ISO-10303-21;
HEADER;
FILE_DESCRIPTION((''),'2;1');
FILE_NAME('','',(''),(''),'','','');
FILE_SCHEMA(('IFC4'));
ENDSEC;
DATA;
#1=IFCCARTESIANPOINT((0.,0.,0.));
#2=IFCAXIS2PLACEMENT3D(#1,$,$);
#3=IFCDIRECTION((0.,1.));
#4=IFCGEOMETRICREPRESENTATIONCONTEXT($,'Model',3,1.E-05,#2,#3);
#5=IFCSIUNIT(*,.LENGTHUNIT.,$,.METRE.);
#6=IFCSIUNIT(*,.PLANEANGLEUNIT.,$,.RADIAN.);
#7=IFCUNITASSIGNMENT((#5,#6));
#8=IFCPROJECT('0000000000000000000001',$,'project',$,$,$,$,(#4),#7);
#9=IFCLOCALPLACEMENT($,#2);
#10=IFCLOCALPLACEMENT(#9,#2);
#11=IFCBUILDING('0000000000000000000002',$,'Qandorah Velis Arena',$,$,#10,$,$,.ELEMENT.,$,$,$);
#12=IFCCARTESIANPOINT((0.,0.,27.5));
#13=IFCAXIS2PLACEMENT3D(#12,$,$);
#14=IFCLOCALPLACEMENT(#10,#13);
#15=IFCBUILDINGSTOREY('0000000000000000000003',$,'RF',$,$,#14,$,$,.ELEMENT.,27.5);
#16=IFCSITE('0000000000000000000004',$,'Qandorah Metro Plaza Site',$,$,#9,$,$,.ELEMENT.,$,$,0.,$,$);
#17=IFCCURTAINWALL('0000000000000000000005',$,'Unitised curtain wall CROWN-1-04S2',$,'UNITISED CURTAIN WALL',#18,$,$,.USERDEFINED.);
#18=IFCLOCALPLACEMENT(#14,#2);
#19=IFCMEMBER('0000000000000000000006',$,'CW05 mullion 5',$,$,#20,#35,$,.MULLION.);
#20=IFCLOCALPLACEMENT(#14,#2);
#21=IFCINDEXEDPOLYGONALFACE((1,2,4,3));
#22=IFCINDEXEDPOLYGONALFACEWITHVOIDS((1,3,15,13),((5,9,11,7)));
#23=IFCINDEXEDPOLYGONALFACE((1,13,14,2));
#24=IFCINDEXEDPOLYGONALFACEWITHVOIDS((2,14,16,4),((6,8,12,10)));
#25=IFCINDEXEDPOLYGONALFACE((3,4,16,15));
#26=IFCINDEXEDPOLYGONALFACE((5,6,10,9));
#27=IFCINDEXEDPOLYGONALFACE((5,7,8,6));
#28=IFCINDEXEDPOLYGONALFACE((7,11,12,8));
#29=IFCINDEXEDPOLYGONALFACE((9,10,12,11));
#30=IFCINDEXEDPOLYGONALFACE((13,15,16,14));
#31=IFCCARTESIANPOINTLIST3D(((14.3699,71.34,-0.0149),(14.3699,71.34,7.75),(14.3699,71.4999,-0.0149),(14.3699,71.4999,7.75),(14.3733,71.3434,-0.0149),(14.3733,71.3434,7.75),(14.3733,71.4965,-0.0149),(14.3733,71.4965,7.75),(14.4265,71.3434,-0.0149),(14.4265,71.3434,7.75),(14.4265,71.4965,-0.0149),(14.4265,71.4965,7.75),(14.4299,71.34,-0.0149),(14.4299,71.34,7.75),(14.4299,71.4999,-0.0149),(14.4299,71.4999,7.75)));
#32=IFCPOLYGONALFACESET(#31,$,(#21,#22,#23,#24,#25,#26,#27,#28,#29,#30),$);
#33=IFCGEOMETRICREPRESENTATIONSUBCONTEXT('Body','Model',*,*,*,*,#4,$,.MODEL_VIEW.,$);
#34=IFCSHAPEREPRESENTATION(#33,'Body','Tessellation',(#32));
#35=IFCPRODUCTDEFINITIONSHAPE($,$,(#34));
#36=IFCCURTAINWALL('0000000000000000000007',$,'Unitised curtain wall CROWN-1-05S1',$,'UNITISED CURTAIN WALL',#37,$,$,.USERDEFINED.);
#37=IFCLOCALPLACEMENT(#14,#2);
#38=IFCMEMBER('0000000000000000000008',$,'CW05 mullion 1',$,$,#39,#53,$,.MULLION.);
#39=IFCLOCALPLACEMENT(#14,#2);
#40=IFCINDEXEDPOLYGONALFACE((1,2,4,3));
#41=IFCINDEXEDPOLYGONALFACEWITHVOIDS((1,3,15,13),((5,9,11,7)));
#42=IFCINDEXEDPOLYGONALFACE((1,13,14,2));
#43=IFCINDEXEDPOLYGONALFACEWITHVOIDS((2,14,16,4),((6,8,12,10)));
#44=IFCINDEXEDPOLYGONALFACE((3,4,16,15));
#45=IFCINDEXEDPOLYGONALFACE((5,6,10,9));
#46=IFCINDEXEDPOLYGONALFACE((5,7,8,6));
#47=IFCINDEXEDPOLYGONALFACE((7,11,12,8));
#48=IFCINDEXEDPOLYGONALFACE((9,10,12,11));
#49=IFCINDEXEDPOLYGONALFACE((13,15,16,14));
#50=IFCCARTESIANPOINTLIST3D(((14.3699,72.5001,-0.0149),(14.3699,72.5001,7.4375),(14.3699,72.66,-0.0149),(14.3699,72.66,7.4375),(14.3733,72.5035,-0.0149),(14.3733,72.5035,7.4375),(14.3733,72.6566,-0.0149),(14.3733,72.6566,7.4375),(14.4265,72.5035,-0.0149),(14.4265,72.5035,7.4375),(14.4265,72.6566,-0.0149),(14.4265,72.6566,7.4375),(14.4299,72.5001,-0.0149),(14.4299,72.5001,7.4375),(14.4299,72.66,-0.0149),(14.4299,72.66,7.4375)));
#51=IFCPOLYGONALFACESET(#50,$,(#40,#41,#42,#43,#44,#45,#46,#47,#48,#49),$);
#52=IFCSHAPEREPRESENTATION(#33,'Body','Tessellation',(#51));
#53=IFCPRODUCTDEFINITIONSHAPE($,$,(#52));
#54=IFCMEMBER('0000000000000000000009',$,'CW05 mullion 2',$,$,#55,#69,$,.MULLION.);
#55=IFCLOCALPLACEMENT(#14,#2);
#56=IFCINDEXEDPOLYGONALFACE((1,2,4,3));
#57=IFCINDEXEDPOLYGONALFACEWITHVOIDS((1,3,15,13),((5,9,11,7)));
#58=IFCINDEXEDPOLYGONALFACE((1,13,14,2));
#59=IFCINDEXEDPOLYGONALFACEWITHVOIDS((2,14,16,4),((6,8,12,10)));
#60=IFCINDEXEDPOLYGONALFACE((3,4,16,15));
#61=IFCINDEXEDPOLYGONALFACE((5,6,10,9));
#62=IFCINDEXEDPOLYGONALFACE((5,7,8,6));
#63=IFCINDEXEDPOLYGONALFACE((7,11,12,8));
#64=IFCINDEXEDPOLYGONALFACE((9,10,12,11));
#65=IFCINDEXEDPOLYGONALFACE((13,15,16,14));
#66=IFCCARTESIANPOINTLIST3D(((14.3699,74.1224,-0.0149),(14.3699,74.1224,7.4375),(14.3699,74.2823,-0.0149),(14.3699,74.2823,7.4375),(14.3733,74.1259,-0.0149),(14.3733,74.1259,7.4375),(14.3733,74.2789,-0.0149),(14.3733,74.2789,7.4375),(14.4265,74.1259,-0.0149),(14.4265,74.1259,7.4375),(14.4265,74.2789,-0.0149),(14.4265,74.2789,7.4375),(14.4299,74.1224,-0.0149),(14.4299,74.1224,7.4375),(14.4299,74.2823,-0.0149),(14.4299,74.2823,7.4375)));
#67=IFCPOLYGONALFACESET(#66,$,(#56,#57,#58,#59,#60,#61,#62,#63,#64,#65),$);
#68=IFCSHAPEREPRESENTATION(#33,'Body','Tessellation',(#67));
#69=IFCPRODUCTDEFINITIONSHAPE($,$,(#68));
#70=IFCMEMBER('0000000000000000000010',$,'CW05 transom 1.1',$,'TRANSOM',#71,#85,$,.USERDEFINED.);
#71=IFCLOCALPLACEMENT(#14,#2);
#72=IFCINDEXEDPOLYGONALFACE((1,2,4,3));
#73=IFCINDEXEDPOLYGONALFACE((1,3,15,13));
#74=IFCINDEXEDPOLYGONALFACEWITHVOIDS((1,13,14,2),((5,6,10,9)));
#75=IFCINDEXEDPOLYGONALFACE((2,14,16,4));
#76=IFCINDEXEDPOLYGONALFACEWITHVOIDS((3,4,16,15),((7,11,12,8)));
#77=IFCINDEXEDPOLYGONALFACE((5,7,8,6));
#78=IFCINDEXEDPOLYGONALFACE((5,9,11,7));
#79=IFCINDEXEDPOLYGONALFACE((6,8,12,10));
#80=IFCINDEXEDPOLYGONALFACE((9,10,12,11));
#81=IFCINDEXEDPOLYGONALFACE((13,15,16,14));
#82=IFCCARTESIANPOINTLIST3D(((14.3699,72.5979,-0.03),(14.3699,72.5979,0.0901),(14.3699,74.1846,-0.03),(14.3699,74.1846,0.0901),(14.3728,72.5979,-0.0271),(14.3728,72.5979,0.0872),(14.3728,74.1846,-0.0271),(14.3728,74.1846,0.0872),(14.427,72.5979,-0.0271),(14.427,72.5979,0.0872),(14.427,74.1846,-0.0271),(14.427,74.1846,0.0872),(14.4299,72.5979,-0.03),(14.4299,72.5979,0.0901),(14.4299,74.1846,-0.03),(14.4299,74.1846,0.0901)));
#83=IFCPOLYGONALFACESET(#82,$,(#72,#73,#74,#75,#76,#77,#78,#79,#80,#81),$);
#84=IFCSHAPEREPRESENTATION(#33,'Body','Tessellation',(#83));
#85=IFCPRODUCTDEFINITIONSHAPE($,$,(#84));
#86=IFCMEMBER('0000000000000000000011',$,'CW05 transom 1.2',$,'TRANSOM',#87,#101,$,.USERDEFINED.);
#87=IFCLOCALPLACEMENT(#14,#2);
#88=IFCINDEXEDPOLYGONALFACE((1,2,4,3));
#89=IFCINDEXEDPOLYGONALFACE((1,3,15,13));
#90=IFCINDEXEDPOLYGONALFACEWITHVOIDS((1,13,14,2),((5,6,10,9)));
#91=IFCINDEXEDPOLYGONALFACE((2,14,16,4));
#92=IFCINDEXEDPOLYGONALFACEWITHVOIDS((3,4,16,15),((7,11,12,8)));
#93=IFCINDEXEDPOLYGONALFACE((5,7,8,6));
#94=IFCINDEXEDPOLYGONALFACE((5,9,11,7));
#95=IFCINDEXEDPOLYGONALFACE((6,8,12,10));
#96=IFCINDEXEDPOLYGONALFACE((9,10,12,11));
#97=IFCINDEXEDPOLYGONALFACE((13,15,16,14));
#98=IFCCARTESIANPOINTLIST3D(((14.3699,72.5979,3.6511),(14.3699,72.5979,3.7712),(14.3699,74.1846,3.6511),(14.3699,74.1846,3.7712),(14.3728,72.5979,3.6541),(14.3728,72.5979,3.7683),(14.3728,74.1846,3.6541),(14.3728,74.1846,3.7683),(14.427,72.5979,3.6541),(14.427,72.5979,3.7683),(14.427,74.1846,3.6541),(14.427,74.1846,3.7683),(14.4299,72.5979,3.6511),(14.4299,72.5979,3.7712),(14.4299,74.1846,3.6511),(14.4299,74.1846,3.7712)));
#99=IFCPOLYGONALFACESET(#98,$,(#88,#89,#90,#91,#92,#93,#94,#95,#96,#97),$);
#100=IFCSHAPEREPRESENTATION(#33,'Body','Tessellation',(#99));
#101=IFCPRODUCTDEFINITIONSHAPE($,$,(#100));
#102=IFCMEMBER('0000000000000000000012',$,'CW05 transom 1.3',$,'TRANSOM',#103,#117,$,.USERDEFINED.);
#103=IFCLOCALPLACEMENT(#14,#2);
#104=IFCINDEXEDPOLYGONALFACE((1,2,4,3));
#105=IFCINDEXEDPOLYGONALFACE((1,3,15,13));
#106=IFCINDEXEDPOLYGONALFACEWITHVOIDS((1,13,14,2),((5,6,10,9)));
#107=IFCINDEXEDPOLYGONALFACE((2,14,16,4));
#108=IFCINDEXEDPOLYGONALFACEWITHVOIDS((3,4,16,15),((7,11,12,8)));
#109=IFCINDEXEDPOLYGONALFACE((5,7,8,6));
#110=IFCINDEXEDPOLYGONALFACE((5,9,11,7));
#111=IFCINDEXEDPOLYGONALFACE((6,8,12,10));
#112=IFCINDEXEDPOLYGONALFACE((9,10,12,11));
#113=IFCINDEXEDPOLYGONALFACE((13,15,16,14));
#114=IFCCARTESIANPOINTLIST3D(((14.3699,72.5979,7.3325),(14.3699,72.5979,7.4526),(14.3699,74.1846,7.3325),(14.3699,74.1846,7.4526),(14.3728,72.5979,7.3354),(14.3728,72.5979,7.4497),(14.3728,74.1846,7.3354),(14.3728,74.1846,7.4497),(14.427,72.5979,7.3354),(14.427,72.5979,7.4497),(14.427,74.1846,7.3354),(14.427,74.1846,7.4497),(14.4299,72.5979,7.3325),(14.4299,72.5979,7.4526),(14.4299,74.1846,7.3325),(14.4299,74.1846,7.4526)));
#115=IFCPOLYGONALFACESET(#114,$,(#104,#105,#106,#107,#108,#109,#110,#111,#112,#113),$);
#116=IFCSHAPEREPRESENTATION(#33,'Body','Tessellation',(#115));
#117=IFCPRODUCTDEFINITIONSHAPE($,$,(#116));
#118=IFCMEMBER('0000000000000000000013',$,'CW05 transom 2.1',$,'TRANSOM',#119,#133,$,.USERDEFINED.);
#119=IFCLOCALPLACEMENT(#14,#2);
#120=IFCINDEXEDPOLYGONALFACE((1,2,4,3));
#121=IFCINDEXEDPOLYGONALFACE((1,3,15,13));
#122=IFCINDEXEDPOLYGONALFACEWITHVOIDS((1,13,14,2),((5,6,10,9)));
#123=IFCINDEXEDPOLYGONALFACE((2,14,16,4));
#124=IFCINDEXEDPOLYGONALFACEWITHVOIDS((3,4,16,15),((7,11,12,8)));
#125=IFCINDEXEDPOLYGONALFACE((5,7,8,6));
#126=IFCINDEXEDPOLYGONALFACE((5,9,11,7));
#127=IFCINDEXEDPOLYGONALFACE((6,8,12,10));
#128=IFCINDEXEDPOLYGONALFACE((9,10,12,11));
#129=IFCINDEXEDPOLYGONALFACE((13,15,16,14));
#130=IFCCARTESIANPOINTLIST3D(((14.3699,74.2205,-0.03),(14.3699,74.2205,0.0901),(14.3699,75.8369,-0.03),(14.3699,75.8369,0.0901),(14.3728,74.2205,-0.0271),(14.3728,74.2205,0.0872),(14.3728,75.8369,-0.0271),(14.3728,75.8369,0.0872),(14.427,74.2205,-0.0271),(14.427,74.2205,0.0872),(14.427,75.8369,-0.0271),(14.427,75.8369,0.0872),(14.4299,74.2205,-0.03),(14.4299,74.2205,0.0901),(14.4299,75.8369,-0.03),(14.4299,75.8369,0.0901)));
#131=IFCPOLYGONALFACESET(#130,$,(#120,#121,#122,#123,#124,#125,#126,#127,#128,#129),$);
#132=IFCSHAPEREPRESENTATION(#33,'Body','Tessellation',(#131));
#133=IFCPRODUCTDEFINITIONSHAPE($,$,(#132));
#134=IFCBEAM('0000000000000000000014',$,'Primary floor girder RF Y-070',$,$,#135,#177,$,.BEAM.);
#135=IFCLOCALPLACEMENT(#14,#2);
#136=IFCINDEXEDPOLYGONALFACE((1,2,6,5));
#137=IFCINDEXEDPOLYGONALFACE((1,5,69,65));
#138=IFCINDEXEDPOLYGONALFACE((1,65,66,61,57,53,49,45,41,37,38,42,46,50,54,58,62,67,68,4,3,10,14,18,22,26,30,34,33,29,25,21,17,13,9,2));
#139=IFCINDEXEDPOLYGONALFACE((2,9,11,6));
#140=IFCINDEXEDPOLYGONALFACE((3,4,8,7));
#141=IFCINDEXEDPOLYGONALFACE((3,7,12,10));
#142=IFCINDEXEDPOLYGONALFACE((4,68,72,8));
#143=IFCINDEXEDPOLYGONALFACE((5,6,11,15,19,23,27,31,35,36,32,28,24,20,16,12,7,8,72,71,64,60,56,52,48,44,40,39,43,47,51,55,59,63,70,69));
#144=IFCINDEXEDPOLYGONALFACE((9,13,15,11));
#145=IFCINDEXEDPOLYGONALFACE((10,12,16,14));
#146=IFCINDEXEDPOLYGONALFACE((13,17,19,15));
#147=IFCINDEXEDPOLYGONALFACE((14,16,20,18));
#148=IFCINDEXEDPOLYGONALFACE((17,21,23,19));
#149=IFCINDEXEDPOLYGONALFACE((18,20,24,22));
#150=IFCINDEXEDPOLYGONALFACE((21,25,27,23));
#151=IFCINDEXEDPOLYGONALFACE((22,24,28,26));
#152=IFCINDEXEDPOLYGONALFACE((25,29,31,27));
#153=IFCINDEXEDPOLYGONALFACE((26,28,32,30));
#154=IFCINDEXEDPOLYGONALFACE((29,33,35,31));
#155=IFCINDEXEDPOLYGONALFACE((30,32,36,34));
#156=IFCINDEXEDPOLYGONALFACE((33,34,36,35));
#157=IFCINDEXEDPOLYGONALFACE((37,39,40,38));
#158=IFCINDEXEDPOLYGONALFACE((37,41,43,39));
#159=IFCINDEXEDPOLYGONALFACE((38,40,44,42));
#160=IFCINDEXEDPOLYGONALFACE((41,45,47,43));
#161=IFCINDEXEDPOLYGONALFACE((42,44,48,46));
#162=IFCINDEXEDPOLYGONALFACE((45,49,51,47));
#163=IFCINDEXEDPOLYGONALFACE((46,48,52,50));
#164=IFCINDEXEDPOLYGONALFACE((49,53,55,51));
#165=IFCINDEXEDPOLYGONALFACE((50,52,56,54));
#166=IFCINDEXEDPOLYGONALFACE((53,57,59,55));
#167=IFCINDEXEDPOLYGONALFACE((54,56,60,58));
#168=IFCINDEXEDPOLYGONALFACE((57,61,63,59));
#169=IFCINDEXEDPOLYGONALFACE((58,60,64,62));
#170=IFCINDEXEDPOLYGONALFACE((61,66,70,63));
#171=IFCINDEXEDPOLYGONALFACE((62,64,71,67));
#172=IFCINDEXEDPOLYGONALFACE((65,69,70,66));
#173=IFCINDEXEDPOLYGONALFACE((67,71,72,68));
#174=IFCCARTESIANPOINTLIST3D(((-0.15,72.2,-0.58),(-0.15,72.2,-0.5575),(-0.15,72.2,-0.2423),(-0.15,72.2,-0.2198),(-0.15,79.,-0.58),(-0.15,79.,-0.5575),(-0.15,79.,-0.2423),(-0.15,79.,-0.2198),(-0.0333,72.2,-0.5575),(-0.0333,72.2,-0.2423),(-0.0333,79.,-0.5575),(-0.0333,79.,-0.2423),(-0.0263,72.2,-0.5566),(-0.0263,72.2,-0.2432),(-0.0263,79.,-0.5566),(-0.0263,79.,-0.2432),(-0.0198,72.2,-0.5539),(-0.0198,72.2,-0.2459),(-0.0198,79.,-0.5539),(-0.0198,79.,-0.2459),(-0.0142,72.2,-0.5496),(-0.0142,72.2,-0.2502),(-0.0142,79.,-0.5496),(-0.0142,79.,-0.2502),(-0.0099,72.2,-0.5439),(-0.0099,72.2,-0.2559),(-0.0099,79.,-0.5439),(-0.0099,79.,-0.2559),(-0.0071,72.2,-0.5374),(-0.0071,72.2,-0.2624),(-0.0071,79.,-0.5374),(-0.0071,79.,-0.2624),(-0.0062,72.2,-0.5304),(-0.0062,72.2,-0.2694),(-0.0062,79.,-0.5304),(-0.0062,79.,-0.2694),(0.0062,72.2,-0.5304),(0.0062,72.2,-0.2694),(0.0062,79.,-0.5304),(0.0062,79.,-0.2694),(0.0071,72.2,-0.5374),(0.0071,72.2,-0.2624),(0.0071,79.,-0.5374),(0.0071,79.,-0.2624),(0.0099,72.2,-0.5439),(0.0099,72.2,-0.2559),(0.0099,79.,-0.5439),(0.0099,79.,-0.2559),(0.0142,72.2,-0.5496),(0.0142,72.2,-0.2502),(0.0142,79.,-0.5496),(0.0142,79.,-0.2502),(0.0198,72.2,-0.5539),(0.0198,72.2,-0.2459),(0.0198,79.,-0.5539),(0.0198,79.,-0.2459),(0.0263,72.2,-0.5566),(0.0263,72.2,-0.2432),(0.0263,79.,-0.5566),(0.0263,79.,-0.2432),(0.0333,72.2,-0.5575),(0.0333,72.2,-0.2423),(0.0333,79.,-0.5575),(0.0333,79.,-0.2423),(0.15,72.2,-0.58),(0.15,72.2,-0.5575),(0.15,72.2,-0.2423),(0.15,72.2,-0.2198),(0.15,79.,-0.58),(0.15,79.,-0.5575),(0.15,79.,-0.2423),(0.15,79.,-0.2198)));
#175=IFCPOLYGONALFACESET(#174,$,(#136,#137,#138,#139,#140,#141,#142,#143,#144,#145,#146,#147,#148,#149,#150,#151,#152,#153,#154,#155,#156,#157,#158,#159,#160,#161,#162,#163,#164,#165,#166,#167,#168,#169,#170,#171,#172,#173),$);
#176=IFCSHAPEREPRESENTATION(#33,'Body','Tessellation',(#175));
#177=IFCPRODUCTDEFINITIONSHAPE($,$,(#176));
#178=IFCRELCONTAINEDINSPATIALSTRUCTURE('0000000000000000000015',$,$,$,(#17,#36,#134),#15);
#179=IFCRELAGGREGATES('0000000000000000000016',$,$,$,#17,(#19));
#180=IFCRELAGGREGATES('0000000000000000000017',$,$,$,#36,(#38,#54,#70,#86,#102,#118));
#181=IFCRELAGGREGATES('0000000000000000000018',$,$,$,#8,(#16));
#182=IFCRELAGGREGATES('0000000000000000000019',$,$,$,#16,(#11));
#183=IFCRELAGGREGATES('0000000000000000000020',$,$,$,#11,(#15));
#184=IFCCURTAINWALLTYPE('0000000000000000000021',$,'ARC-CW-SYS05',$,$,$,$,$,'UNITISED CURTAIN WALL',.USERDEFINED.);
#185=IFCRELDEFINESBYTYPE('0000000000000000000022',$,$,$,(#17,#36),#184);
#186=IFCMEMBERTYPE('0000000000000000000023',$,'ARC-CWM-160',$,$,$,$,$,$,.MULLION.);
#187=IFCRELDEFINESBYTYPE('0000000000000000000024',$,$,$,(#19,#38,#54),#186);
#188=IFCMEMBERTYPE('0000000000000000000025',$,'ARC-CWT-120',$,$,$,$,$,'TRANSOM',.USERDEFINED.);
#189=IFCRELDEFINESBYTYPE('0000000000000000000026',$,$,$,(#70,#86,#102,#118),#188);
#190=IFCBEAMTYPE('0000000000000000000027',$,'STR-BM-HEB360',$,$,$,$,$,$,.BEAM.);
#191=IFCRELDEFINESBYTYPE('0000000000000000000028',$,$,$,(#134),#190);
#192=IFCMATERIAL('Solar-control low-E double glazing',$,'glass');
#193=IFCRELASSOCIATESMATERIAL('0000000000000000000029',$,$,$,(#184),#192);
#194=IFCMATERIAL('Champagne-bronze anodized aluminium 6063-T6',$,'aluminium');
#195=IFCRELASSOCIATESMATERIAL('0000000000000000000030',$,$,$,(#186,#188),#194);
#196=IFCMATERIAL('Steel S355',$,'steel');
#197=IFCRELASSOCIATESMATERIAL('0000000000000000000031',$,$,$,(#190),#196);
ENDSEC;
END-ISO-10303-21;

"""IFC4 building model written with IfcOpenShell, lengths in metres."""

from ifc_helpers import new_model, si_unit, direction, frame, origin, origin_2d, place, context, subcontext, project, spatial, hollow_rectangle, i_section, extrude, material, material_profile, profile_set, type_object, element, aggregate, save


model = new_model("IFC4")

# Units and contexts
model_context = context("Model", 3, precision=1e-05, world=origin(), true_north=direction((0.0, 1.0)))
body_context = subcontext(model_context, "Body", "Model", "MODEL_VIEW")
ifc_project = project(units=[si_unit("LENGTHUNIT", "METRE"), si_unit("PLANEANGLEUNIT", "RADIAN")], contexts=[model_context])

# Site, building, storey
site_placement = place(None, origin())
site = spatial("IfcSite", under=ifc_project, at=site_placement, Name="Qandorah Metro Plaza Site", CompositionType="ELEMENT", RefElevation=0.0)
building_placement = place(site_placement, origin())
building = spatial("IfcBuilding", under=site, at=building_placement, Name="Qandorah Velis Arena", CompositionType="ELEMENT")
storey_placement = place(building_placement, frame((0.0, 0.0, 27.5)))
storey = spatial("IfcBuildingStorey", under=building, at=storey_placement, Name="RF", CompositionType="ELEMENT", Elevation=27.5)

# Curtain wall, member
ifc_material_1 = material(Name="Solar-control low-E double glazing", Category="glass")
curtain_wall_type = type_object("IfcCurtainWallType", Name="ARC-CW-SYS05", ElementType="UNITISED CURTAIN WALL", PredefinedType="USERDEFINED", material=ifc_material_1)
curtain_wall_1_placement = place(storey_placement, origin())
curtain_wall_1 = element("IfcCurtainWall", 1, at=curtain_wall_1_placement, inside=storey, type_object=curtain_wall_type, Name="Unitised curtain wall CROWN-1-04S2", ObjectType="UNITISED CURTAIN WALL", PredefinedType="USERDEFINED")
ifc_material_2 = material(Name="Champagne-bronze anodized aluminium 6063-T6", Category="aluminium")
ifc_material_profile_1 = material_profile(ifc_material_2, hollow_rectangle(XDim=0.0601, YDim=0.1599, WallThickness=0.0034, at=origin_2d()), Name="ALU MULLION 60x160")
ifc_profile_set_1 = profile_set([ifc_material_profile_1], Name="Champagne-bronze anodized aluminium 6063-T6")
member_type_1 = type_object("IfcMemberType", Name="ARC-CWM-160", PredefinedType="MULLION", material=ifc_profile_set_1)
member_1_placement = place(storey_placement, frame((14.3999, 71.4199, -0.0149), z_axis=(0.0, 0.0, 1.0), x_axis=(-1.0, 0.0, 0.0)))
member_1 = element("IfcMember", 2, at=member_1_placement, type_object=member_type_1, Name="CW05 mullion 5", PredefinedType="MULLION", context=body_context, shape_type="SweptSolid", body=[
    extrude(hollow_rectangle(XDim=0.0601, YDim=0.1599, WallThickness=0.0034, at=origin_2d()), origin(), (0.0, 0.0, 1.0), 7.7649),
])

# Curtain wall, members
curtain_wall_2_placement = place(storey_placement, origin())
curtain_wall_2 = element("IfcCurtainWall", 3, at=curtain_wall_2_placement, inside=storey, type_object=curtain_wall_type, Name="Unitised curtain wall CROWN-1-05S1", ObjectType="UNITISED CURTAIN WALL", PredefinedType="USERDEFINED")
member_2_placement = place(storey_placement, frame((14.3999, 72.5801, -0.0149), z_axis=(0.0, 0.0, 1.0), x_axis=(-1.0, 0.0, 0.0)))
member_2 = element("IfcMember", 4, at=member_2_placement, type_object=member_type_1, Name="CW05 mullion 1", PredefinedType="MULLION", context=body_context, shape_type="SweptSolid", body=[
    extrude(hollow_rectangle(XDim=0.0601, YDim=0.1599, WallThickness=0.0034, at=origin_2d()), origin(), (0.0, 0.0, 1.0), 7.4524),
])
member_3_placement = place(storey_placement, frame((14.3999, 74.2024, -0.0149), z_axis=(0.0, 0.0, 1.0), x_axis=(-1.0, 0.0, 0.0)))
member_3 = element("IfcMember", 5, at=member_3_placement, type_object=member_type_1, Name="CW05 mullion 2", PredefinedType="MULLION", context=body_context, shape_type="SweptSolid", body=[
    extrude(hollow_rectangle(XDim=0.0601, YDim=0.1599, WallThickness=0.0034, at=origin_2d()), origin(), (0.0, 0.0, 1.0), 7.4524),
])
ifc_material_profile_2 = material_profile(ifc_material_2, hollow_rectangle(XDim=0.0601, YDim=0.1201, WallThickness=0.0029, at=origin_2d()), Name="ALU TRANSOM 60x120")
ifc_profile_set_2 = profile_set([ifc_material_profile_2], Name="Champagne-bronze anodized aluminium 6063-T6")
member_type_2 = type_object("IfcMemberType", Name="ARC-CWT-120", ElementType="TRANSOM", PredefinedType="USERDEFINED", material=ifc_profile_set_2)
member_4_placement = place(storey_placement, frame((14.3999, 72.5979, 0.03), z_axis=(0.0, 1.0, 0.0), x_axis=(-1.0, 0.0, 0.0)))
member_4 = element("IfcMember", 6, at=member_4_placement, type_object=member_type_2, Name="CW05 transom 1.1", ObjectType="TRANSOM", PredefinedType="USERDEFINED", context=body_context, shape_type="SweptSolid", body=[
    extrude(hollow_rectangle(XDim=0.0601, YDim=0.1201, WallThickness=0.0029, at=origin_2d()), origin(), (0.0, 0.0, 1.0), 1.5867),
])
member_5_placement = place(storey_placement, frame((14.3999, 72.5979, 3.7112), z_axis=(0.0, 1.0, 0.0), x_axis=(-1.0, 0.0, 0.0)))
member_5 = element("IfcMember", 7, at=member_5_placement, type_object=member_type_2, Name="CW05 transom 1.2", ObjectType="TRANSOM", PredefinedType="USERDEFINED", context=body_context, shape_type="SweptSolid", body=[
    extrude(hollow_rectangle(XDim=0.0601, YDim=0.1201, WallThickness=0.0029, at=origin_2d()), origin(), (0.0, 0.0, 1.0), 1.5867),
])
member_6_placement = place(storey_placement, frame((14.3999, 72.5979, 7.3926), z_axis=(0.0, 1.0, 0.0), x_axis=(-1.0, 0.0, 0.0)))
member_6 = element("IfcMember", 8, at=member_6_placement, type_object=member_type_2, Name="CW05 transom 1.3", ObjectType="TRANSOM", PredefinedType="USERDEFINED", context=body_context, shape_type="SweptSolid", body=[
    extrude(hollow_rectangle(XDim=0.0601, YDim=0.1201, WallThickness=0.0029, at=origin_2d()), origin(), (0.0, 0.0, 1.0), 1.5867),
])
member_7_placement = place(storey_placement, frame((14.3999, 74.2205, 0.03), z_axis=(0.0, 1.0, 0.0), x_axis=(-1.0, 0.0, 0.0)))
member_7 = element("IfcMember", 9, at=member_7_placement, type_object=member_type_2, Name="CW05 transom 2.1", ObjectType="TRANSOM", PredefinedType="USERDEFINED", context=body_context, shape_type="SweptSolid", body=[
    extrude(hollow_rectangle(XDim=0.0601, YDim=0.1201, WallThickness=0.0029, at=origin_2d()), origin(), (0.0, 0.0, 1.0), 1.6165),
])

# Beam
ifc_material_3 = material(Name="Steel S355", Category="steel")
ifc_material_profile_3 = material_profile(ifc_material_3, i_section(OverallWidth=0.3, OverallDepth=0.3601, WebThickness=0.0125, FlangeThickness=0.0225, FilletRadius=0.0271, at=origin_2d()), Name="HEB 360")
ifc_profile_set_3 = profile_set([ifc_material_profile_3], Name="Steel S355")
beam_type_1 = type_object("IfcBeamType", Name="STR-BM-HEB360", PredefinedType="BEAM", material=ifc_profile_set_3)
for number, where, z_axis, x_axis, name in (
    (10, (0.0, 72.2, -0.3999), (0.0, 1.0, 0.0), (-1.0, 0.0, 0.0), "Primary floor girder RF Y-070"),
):
    element("IfcBeam", number, at=place(storey_placement, frame(where, z_axis=z_axis, x_axis=x_axis)), inside=storey, type_object=beam_type_1, Name=name, PredefinedType="BEAM", context=body_context, shape_type="SweptSolid", body=[
        extrude(i_section(OverallWidth=0.3, OverallDepth=0.3601, WebThickness=0.0125, FlangeThickness=0.0225, FilletRadius=0.0271, at=origin_2d()), origin(), (0.0, 0.0, 1.0), 6.8),
    ])

aggregate(curtain_wall_1, [member_1])
aggregate(curtain_wall_2, [member_2, member_3, member_4, member_5, member_6, member_7])

save(model, "model.ifc")
